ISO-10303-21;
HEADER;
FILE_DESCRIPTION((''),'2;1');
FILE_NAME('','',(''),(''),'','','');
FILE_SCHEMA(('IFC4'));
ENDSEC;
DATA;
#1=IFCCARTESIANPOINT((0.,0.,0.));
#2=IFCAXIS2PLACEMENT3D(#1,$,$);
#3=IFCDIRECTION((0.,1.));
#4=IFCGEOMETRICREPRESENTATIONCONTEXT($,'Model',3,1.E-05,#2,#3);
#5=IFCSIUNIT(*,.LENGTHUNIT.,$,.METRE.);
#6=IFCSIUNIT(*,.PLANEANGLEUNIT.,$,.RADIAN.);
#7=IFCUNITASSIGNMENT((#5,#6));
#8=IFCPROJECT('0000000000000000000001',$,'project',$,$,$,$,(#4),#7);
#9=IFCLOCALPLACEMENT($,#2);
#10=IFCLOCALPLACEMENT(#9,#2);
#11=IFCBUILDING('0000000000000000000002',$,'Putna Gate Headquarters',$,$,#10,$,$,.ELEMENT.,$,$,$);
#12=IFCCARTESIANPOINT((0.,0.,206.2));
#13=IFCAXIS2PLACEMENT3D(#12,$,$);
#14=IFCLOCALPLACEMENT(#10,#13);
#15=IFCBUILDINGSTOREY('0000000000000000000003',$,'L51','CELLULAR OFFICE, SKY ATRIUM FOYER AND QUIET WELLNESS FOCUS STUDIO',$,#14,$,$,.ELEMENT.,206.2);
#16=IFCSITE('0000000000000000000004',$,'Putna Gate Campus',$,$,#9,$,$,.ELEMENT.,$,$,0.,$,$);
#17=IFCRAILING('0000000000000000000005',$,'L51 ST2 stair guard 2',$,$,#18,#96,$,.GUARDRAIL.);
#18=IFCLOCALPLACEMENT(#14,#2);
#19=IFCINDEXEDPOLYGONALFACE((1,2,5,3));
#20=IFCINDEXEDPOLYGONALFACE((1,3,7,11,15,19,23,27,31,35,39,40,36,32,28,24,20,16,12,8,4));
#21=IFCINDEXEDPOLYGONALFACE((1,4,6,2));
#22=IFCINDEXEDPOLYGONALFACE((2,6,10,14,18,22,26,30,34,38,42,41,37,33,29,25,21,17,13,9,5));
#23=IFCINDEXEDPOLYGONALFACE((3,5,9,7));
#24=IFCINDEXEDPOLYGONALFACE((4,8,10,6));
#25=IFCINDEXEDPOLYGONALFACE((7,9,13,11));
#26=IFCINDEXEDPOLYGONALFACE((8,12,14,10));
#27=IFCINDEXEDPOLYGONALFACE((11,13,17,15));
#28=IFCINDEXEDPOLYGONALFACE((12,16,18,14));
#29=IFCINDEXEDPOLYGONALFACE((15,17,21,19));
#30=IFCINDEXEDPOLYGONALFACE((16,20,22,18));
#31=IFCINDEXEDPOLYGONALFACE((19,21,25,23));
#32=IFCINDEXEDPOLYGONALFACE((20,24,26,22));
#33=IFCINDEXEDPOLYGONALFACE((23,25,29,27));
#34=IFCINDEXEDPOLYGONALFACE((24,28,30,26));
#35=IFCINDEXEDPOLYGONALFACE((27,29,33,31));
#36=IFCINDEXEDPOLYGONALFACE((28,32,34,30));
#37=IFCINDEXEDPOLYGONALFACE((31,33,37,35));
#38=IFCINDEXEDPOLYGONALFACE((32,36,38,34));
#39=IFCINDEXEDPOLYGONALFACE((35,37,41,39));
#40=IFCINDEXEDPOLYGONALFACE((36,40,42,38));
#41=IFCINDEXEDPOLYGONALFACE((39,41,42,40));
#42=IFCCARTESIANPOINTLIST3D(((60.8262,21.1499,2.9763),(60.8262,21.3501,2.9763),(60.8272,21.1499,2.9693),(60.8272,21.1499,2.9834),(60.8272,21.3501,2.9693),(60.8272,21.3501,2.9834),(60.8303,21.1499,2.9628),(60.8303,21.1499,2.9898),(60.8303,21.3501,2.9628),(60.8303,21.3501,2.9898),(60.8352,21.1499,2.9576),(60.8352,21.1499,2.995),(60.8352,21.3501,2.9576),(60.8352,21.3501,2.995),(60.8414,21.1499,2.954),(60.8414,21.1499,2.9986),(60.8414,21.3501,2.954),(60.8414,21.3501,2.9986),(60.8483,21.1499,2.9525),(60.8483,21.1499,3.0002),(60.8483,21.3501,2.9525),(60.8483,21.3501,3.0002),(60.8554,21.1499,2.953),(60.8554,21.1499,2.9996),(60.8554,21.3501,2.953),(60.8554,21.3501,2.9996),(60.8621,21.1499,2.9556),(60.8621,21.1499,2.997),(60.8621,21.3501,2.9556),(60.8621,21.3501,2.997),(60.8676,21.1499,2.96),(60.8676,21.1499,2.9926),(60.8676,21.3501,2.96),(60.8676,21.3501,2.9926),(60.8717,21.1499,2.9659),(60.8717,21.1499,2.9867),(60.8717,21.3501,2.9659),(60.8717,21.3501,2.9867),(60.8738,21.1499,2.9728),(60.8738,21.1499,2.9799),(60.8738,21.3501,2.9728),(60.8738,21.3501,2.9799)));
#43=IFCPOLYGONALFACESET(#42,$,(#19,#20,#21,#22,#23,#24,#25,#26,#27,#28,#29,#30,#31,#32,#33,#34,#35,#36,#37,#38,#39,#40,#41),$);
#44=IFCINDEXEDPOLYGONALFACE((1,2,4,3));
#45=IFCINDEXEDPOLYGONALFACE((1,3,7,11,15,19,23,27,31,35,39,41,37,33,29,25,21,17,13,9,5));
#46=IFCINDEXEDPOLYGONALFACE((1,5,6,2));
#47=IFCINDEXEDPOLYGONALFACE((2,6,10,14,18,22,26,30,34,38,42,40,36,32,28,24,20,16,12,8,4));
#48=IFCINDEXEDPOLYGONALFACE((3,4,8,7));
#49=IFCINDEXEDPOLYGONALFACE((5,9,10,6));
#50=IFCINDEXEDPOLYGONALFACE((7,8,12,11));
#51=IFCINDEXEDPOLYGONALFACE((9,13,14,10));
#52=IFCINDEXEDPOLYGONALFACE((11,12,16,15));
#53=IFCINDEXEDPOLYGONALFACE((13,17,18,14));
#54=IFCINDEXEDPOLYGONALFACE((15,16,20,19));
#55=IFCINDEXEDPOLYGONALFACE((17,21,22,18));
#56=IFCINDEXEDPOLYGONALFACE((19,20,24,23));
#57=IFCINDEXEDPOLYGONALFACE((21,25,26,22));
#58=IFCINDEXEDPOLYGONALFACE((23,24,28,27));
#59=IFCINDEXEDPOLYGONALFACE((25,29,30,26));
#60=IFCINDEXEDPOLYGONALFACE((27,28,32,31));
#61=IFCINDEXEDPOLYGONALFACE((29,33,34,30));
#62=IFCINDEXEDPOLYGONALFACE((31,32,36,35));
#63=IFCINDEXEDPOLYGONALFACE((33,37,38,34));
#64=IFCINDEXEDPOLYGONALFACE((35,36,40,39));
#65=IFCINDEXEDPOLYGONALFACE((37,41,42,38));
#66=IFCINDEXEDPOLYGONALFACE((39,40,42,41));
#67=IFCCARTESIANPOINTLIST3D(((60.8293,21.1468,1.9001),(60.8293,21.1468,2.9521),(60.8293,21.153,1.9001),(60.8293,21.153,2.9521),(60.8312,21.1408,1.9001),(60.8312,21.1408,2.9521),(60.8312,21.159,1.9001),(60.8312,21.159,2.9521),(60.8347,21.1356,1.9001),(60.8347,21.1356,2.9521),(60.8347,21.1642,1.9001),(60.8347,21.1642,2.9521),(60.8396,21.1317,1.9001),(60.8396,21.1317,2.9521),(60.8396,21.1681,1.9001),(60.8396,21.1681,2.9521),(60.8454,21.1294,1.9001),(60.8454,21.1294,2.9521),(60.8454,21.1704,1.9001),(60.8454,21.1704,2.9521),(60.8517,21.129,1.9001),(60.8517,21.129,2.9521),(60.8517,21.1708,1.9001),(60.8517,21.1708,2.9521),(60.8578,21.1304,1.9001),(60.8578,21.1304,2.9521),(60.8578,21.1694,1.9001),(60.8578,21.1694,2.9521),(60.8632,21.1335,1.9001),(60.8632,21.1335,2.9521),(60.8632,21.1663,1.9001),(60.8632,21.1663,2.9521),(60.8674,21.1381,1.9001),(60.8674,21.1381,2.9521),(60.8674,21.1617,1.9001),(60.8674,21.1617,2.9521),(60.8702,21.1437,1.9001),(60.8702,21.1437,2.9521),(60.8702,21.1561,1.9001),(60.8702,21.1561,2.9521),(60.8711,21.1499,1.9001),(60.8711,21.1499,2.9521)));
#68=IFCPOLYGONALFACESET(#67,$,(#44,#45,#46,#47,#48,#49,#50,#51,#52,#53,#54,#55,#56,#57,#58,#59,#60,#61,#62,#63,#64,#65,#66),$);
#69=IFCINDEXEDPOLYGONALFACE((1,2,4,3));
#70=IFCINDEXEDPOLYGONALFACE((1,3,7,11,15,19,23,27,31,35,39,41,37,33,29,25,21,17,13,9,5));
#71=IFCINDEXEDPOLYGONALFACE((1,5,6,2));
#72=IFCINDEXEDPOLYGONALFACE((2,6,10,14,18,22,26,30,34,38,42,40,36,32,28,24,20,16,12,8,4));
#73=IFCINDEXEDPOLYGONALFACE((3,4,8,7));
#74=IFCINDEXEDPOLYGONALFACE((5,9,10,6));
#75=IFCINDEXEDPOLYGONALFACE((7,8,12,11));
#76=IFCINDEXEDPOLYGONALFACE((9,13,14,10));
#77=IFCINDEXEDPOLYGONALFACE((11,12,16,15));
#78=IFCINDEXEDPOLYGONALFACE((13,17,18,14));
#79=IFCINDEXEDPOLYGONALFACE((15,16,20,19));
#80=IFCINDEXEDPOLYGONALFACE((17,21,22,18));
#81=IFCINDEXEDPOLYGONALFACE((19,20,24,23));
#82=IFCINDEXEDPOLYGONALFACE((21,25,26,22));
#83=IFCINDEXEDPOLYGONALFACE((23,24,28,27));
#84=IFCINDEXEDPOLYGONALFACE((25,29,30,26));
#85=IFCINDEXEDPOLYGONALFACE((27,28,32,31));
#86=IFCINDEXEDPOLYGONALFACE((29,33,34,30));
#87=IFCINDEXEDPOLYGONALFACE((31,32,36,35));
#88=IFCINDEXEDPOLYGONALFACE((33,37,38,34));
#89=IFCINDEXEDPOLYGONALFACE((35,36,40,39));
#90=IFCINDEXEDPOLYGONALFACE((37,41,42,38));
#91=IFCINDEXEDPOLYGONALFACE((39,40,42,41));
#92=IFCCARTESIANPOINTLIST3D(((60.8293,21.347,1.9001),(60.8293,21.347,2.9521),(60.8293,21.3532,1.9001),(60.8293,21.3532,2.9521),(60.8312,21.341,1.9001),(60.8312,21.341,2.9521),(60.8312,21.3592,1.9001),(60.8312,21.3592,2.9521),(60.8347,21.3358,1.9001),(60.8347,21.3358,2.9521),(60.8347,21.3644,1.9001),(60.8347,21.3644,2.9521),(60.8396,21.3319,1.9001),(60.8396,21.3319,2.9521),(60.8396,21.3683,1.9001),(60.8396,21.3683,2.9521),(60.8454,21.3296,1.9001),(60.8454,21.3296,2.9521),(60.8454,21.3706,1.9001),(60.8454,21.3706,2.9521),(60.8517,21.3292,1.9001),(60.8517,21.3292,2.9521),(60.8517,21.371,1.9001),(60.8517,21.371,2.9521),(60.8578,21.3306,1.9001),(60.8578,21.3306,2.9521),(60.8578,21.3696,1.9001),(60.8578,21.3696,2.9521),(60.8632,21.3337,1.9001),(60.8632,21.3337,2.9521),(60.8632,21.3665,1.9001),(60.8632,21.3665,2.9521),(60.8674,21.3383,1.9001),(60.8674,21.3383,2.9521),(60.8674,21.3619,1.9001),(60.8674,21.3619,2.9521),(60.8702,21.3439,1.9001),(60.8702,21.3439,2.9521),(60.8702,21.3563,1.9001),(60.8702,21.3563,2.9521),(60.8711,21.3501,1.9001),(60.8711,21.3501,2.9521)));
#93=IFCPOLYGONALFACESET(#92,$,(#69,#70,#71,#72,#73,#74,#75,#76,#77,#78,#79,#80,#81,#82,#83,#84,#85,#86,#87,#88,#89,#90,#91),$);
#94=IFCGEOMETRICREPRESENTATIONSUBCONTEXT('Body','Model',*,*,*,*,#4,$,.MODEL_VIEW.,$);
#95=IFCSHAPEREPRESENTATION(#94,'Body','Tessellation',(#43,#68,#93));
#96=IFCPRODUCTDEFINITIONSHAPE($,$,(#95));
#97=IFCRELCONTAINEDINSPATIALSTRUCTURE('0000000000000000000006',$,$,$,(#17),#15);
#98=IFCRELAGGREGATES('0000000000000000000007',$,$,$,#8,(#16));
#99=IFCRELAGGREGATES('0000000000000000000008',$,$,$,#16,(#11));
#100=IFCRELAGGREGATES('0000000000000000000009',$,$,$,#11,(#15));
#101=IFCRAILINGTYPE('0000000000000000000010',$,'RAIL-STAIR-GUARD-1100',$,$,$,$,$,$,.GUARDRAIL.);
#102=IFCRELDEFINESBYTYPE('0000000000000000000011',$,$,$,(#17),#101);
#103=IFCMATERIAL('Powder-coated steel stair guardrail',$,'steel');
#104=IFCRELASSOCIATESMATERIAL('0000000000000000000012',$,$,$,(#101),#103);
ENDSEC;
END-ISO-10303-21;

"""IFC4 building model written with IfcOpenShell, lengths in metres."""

from ifc_helpers import new_model, si_unit, direction, frame, origin, origin_2d, place, context, subcontext, project, spatial, circle, extrude, material, type_object, element, save


model = new_model("IFC4")

# Units and contexts
model_context = context("Model", 3, precision=1e-05, world=origin(), true_north=direction((0.0, 1.0)))
body_context = subcontext(model_context, "Body", "Model", "MODEL_VIEW")
ifc_project = project(units=[si_unit("LENGTHUNIT", "METRE"), si_unit("PLANEANGLEUNIT", "RADIAN")], contexts=[model_context])

# Site, building, storey
site_placement = place(None, origin())
site = spatial("IfcSite", under=ifc_project, at=site_placement, Name="Putna Gate Campus", CompositionType="ELEMENT", RefElevation=0.0)
building_placement = place(site_placement, origin())
building = spatial("IfcBuilding", under=site, at=building_placement, Name="Putna Gate Headquarters", CompositionType="ELEMENT")
storey_placement = place(building_placement, frame((0.0, 0.0, 206.2)))
storey = spatial("IfcBuildingStorey", under=building, at=storey_placement, Name="L51", Description="CELLULAR OFFICE, SKY ATRIUM FOYER AND QUIET WELLNESS FOCUS STUDIO", CompositionType="ELEMENT", Elevation=206.2)

# Railing
ifc_material_1 = material(Name="Powder-coated steel stair guardrail", Category="steel")
railing_type_1 = type_object("IfcRailingType", Name="RAIL-STAIR-GUARD-1100", PredefinedType="GUARDRAIL", material=ifc_material_1)
railing_1_placement = place(storey_placement, frame((60.8501, 21.1499, 1.9001)))
element("IfcRailing", 1, at=railing_1_placement, inside=storey, type_object=railing_type_1, Name="L51 ST2 stair guard 2", PredefinedType="GUARDRAIL", context=body_context, shape_type="SweptSolid", body=[
    extrude(circle(Radius=0.0239, at=origin_2d()), frame((0.0, 0.0, 1.0762), z_axis=(0.0, 1.0, 0.0), x_axis=(-1.0, 0.0, 0.0)), (0.0, 0.0, 1.0), 0.2002),
    extrude(circle(Radius=0.021, at=origin_2d()), origin(), (0.0, 0.0, 1.0), 1.052),
    extrude(circle(Radius=0.021, at=origin_2d()), frame((0.0, 0.2002, 0.0)), (0.0, 0.0, 1.0), 1.052),
])

save(model, "model.ifc")
